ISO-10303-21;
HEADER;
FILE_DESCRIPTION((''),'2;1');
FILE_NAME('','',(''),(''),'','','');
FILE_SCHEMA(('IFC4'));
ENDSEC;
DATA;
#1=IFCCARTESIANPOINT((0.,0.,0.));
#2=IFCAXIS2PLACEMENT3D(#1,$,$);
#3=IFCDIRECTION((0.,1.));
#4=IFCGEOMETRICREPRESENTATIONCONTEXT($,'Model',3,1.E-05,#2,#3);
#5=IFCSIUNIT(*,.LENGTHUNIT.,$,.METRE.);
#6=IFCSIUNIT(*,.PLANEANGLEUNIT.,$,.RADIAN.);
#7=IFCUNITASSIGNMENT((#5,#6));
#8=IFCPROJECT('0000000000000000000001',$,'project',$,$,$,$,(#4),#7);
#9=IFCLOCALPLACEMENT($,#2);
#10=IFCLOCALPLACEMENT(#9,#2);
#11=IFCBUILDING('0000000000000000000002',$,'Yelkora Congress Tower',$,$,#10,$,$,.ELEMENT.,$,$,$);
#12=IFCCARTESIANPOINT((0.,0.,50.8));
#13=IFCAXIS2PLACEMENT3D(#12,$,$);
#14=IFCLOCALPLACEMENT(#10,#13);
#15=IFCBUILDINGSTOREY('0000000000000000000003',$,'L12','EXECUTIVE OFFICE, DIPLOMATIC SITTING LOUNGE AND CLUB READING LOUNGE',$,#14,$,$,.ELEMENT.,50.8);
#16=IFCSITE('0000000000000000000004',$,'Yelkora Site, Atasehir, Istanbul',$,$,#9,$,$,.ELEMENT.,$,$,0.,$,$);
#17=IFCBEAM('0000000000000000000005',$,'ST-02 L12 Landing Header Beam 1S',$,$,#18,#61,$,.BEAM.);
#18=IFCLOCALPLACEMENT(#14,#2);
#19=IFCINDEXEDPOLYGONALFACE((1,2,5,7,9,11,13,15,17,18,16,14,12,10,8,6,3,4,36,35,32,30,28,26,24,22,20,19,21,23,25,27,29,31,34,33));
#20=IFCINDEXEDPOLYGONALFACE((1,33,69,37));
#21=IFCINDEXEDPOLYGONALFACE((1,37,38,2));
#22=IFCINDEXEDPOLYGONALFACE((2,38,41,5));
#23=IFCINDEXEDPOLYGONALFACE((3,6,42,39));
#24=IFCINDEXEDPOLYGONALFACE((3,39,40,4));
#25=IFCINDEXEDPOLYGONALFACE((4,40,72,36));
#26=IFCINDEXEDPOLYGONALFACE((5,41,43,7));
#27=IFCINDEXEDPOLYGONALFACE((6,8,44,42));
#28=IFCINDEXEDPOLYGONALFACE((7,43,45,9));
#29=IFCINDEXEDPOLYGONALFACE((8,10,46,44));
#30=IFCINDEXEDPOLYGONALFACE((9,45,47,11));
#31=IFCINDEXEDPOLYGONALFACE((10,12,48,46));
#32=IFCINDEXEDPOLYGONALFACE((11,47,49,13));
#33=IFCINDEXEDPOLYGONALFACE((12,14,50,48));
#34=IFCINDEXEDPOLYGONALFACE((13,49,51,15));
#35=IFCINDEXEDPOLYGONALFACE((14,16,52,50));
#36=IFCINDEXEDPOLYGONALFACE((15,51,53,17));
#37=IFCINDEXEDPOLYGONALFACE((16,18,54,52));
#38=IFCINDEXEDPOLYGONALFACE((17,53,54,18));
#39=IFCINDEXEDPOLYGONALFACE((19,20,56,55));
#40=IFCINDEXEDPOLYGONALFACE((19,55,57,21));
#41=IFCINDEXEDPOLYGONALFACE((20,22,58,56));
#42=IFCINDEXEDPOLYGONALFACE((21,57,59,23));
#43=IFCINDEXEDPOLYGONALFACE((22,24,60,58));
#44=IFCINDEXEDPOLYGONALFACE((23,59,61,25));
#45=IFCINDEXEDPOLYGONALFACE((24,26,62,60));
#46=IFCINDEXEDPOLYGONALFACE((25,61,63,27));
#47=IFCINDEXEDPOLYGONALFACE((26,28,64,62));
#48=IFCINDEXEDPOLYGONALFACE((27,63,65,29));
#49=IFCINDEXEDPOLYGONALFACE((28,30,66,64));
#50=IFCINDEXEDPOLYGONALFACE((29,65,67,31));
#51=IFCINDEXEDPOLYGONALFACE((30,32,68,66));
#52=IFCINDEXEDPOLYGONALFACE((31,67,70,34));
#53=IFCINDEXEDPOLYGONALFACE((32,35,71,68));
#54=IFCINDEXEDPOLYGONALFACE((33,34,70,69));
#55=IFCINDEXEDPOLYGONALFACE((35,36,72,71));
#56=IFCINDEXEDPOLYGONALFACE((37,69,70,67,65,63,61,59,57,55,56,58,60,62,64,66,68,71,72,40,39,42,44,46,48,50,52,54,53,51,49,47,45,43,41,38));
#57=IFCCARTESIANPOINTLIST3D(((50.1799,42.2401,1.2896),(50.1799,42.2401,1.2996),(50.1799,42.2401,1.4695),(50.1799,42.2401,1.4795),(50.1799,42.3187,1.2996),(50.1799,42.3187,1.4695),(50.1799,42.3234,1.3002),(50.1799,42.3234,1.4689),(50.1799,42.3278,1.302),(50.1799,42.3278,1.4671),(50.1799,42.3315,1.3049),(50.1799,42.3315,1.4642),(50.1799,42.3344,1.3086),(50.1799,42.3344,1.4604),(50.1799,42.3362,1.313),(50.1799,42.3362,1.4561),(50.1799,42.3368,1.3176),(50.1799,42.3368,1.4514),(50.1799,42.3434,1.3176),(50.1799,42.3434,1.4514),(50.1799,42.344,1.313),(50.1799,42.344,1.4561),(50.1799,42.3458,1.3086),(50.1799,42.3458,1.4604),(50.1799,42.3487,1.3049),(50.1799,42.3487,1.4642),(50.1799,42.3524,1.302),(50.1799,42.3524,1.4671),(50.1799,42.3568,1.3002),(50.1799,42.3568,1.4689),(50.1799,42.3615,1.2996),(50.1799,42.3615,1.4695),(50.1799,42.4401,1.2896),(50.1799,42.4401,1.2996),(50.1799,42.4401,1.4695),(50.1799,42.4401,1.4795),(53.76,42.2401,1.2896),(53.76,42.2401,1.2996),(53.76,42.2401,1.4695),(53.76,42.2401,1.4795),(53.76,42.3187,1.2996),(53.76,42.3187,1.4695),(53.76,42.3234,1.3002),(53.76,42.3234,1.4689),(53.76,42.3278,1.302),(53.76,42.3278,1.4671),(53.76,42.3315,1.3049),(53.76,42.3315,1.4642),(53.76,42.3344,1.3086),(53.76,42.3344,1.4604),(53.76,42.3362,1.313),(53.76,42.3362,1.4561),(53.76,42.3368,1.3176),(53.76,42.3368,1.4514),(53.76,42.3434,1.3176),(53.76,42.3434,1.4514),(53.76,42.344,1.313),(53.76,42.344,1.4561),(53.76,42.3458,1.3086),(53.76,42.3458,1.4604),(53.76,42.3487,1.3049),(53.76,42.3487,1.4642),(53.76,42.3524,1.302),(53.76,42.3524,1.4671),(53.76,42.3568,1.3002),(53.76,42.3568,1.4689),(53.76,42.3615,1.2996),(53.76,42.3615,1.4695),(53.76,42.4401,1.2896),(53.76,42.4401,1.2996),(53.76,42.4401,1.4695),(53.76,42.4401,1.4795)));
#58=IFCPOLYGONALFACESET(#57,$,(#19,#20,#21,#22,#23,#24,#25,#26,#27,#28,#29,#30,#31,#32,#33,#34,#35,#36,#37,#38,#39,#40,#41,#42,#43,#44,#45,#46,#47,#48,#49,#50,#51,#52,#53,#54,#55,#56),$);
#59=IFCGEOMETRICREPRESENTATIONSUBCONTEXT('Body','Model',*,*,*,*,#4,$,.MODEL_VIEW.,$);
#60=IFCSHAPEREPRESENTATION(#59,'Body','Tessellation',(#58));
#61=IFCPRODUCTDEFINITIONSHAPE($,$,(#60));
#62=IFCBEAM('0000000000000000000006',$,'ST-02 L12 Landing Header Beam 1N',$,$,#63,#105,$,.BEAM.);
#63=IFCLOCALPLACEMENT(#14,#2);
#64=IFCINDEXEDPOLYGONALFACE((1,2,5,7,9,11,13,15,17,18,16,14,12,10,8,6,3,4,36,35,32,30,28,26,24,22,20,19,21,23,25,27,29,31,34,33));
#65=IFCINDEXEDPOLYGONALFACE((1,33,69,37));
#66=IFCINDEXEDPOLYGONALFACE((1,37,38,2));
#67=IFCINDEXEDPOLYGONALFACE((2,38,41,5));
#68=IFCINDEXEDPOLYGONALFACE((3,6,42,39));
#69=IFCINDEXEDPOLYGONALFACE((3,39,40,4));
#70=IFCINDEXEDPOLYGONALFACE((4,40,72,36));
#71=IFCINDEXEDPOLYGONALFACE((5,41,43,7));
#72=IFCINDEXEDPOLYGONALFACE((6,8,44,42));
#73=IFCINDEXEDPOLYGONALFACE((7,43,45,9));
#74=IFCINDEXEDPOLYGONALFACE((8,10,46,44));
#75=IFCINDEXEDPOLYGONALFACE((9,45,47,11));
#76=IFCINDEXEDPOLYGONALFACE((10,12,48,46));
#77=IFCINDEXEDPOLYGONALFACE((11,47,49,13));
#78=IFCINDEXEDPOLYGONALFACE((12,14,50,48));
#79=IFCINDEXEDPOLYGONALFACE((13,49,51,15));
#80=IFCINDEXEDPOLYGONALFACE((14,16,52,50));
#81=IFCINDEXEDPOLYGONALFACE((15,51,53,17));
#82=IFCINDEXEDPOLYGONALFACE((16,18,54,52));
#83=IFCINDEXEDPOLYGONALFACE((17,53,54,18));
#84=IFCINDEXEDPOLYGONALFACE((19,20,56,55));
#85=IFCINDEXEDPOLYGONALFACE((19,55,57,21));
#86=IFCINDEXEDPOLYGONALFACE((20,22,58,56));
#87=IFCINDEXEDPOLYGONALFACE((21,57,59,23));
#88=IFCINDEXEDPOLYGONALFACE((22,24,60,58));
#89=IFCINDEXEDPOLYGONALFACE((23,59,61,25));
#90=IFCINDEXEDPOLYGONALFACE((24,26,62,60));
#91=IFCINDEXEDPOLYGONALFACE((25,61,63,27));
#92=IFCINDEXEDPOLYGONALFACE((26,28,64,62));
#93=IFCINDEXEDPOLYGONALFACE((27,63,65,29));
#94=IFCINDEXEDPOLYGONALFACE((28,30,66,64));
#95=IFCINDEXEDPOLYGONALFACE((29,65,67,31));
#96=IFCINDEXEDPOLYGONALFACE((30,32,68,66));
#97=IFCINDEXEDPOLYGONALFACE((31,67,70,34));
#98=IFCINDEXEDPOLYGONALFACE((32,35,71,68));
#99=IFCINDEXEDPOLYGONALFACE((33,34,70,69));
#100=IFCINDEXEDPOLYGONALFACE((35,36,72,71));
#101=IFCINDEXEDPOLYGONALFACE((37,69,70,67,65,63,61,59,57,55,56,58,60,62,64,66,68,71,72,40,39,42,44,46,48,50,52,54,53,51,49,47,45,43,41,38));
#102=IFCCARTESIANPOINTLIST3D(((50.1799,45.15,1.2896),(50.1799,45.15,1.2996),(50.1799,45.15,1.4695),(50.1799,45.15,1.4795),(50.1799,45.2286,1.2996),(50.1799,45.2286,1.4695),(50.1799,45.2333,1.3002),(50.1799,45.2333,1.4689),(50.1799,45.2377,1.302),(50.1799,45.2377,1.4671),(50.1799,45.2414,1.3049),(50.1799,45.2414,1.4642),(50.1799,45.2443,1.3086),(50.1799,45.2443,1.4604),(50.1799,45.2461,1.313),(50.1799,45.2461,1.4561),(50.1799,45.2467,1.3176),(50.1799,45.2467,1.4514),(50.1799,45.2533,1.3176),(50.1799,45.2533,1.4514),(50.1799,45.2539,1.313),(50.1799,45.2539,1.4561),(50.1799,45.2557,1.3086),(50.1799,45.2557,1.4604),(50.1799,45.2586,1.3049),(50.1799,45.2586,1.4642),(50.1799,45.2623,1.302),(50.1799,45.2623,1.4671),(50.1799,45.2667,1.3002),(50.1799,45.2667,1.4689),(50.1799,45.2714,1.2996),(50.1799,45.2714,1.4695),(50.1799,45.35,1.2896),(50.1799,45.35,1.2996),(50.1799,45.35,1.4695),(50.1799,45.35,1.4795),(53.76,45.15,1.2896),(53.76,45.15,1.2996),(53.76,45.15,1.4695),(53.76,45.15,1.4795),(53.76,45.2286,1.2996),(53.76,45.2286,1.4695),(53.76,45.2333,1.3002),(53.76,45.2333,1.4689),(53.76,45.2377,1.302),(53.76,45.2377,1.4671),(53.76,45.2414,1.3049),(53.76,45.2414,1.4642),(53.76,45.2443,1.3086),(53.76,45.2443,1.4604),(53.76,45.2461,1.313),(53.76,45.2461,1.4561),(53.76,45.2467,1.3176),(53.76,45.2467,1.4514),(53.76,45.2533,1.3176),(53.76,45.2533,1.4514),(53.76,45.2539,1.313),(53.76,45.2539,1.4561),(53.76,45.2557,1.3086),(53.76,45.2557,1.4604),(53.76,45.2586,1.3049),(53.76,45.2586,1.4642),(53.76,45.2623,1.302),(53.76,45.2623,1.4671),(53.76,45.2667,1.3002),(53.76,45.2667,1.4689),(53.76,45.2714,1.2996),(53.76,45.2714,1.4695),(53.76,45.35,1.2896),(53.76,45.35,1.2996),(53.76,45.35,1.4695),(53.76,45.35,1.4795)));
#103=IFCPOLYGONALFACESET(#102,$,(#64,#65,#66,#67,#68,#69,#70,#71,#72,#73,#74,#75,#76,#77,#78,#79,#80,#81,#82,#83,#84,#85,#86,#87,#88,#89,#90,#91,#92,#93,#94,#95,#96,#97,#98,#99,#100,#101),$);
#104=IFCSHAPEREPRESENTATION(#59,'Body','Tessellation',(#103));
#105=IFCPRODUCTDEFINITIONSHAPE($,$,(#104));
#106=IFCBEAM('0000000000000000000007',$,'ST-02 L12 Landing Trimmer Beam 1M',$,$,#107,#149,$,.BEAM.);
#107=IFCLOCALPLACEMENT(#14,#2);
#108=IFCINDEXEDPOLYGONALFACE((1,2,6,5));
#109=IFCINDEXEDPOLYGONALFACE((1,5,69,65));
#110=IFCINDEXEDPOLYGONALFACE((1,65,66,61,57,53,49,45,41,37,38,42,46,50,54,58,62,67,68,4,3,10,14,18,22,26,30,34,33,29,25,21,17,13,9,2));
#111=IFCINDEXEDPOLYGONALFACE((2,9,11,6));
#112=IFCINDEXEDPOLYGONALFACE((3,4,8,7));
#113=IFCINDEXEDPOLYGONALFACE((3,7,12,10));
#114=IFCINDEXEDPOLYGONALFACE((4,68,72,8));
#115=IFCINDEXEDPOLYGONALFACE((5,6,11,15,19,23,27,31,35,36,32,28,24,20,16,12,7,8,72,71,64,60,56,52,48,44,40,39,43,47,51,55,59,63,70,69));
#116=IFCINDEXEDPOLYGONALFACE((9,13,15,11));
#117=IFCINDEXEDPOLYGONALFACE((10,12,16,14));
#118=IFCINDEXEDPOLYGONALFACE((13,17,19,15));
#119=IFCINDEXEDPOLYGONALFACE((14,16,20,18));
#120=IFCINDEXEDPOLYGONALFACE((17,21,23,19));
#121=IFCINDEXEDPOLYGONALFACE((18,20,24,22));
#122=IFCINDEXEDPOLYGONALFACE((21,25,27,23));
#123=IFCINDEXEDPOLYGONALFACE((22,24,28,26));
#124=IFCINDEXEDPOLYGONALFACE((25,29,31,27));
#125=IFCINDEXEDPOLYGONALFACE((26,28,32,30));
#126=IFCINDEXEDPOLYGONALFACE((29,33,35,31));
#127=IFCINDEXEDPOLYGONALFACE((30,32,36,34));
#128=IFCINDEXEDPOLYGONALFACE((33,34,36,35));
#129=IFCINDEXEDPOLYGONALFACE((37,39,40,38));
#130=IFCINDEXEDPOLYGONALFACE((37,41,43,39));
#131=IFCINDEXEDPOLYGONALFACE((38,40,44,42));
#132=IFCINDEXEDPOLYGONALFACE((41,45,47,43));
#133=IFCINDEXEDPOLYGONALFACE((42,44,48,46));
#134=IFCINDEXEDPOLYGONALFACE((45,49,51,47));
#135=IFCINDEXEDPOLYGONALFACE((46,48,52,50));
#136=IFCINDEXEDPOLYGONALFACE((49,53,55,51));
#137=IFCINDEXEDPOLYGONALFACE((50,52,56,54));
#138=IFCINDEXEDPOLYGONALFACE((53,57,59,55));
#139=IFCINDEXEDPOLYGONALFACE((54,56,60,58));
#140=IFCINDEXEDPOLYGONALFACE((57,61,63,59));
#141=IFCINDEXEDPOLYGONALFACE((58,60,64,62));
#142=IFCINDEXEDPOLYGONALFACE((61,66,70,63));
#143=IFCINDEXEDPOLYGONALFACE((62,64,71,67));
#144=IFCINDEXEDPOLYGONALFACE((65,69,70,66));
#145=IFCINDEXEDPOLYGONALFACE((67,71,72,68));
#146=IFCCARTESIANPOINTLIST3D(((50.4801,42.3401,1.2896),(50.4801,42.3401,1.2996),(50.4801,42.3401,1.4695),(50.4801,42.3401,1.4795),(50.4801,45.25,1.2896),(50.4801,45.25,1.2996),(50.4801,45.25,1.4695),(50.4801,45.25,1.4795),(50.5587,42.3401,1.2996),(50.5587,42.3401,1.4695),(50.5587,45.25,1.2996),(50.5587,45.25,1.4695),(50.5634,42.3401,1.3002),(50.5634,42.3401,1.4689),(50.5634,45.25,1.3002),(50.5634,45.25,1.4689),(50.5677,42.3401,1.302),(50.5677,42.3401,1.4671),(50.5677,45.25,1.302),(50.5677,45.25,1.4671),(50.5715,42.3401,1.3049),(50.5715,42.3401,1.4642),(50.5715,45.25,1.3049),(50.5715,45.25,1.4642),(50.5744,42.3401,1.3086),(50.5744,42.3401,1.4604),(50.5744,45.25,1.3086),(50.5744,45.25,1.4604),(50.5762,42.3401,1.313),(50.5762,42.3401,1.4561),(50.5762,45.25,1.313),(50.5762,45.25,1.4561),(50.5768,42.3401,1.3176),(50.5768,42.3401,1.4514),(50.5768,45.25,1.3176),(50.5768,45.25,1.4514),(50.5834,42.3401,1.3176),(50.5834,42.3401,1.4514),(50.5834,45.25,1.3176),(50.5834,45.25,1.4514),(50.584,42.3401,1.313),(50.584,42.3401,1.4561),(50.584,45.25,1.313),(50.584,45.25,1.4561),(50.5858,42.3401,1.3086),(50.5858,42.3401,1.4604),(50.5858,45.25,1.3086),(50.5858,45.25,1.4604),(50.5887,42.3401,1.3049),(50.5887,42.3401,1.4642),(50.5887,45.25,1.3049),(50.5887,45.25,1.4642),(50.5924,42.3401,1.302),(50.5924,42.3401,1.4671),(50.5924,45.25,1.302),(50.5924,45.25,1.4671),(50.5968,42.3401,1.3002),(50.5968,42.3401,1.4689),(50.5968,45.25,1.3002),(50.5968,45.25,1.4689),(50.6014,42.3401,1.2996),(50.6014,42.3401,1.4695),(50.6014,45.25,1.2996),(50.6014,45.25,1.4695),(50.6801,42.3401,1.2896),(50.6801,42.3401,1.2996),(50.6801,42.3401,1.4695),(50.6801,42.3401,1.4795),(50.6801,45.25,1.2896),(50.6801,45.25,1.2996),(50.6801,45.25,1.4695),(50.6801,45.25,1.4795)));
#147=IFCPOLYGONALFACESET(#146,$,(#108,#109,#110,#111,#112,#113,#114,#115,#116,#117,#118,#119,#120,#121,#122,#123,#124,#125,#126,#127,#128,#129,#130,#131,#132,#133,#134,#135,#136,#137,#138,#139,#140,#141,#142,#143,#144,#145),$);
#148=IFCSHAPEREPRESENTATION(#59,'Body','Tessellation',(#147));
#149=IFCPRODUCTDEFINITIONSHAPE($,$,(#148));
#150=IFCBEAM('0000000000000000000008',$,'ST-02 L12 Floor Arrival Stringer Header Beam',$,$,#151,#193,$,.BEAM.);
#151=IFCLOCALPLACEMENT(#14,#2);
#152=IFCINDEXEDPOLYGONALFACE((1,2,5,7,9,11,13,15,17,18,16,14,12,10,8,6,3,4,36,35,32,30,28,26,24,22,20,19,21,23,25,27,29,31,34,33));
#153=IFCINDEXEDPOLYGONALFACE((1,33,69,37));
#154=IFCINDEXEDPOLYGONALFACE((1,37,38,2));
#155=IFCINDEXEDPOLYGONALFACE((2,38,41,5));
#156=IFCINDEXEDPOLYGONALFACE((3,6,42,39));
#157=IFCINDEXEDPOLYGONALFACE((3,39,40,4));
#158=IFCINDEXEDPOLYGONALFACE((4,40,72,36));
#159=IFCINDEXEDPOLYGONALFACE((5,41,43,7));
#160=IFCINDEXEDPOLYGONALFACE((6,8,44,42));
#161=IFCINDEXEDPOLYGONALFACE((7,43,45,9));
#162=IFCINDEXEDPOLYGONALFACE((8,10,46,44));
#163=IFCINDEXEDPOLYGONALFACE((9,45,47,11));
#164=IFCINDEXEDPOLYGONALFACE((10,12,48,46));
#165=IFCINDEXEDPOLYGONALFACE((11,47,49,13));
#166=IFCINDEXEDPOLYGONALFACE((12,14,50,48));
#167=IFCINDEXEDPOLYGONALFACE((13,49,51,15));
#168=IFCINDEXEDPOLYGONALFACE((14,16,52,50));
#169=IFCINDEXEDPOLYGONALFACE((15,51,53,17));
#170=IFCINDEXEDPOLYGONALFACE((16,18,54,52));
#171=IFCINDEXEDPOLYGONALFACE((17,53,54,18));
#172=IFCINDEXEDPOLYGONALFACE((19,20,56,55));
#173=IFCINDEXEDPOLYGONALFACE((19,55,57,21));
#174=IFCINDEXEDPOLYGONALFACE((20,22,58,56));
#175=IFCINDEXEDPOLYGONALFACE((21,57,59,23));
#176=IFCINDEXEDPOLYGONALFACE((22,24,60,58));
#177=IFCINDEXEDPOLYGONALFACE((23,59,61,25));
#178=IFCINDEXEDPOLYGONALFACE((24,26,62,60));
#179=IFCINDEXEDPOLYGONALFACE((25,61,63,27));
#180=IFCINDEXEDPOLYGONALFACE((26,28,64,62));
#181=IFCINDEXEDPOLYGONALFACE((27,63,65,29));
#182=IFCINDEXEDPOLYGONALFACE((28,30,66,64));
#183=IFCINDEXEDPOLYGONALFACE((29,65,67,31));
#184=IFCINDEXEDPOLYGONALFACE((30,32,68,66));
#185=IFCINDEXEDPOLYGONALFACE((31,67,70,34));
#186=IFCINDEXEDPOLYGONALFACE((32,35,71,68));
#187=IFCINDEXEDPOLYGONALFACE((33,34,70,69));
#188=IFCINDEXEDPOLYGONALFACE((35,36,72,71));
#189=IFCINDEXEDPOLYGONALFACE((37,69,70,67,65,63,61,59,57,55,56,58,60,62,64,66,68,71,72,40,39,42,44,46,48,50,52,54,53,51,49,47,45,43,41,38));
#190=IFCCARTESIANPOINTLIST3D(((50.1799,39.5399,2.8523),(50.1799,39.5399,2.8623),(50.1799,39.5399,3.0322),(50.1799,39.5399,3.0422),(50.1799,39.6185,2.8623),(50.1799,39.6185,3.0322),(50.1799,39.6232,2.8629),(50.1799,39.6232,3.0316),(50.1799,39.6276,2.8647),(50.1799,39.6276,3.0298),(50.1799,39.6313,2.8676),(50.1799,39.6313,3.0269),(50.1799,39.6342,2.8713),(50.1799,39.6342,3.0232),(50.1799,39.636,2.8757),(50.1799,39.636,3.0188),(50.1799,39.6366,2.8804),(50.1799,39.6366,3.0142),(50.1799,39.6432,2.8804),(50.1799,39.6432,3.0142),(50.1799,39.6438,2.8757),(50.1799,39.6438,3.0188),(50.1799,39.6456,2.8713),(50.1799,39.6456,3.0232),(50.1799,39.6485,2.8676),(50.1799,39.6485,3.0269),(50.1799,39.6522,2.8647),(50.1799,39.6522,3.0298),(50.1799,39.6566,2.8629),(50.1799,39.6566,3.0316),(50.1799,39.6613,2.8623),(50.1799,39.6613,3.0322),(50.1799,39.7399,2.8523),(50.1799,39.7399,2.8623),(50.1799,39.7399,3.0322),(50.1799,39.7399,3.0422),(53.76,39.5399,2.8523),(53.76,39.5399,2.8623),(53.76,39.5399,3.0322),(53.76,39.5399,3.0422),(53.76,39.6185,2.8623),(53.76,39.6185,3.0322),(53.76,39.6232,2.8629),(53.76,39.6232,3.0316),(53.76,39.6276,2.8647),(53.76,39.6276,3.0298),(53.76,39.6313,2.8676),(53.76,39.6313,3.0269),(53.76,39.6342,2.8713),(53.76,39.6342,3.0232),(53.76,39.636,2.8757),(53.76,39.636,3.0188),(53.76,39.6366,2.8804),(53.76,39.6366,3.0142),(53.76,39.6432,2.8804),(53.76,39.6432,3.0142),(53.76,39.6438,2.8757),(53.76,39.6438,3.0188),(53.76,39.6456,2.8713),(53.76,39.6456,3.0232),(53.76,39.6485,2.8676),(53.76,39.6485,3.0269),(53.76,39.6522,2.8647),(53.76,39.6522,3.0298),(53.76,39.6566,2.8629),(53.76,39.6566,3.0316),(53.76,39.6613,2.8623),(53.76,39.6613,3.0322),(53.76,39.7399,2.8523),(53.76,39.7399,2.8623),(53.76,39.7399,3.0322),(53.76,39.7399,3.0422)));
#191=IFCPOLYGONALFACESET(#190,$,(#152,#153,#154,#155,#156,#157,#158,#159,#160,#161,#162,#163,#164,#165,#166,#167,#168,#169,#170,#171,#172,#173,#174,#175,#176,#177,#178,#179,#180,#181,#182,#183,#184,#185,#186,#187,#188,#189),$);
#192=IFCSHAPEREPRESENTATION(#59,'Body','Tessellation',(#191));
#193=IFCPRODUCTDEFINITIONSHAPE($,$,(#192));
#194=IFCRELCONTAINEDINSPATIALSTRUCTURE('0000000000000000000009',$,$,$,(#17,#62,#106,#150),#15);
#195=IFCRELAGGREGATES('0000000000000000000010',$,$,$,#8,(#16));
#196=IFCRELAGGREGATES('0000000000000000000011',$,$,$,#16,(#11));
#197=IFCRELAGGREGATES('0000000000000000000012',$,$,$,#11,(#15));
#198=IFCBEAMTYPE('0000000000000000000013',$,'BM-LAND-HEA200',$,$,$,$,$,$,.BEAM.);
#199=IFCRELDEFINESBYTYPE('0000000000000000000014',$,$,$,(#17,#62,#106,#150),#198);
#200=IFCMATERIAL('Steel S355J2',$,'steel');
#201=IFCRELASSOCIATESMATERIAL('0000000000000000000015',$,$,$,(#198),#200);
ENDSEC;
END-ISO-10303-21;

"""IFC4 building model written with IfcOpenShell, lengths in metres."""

from ifc_helpers import new_model, si_unit, direction, frame, origin, origin_2d, place, context, subcontext, project, spatial, i_section, extrude, material, material_profile, profile_set, type_object, element, save


model = new_model("IFC4")

# Units and contexts
model_context = context("Model", 3, precision=1e-05, world=origin(), true_north=direction((0.0, 1.0)))
body_context = subcontext(model_context, "Body", "Model", "MODEL_VIEW")
ifc_project = project(units=[si_unit("LENGTHUNIT", "METRE"), si_unit("PLANEANGLEUNIT", "RADIAN")], contexts=[model_context])

# Site, building, storey
site_placement = place(None, origin())
site = spatial("IfcSite", under=ifc_project, at=site_placement, Name="Yelkora Site, Atasehir, Istanbul", CompositionType="ELEMENT", RefElevation=0.0)
building_placement = place(site_placement, origin())
building = spatial("IfcBuilding", under=site, at=building_placement, Name="Yelkora Congress Tower", CompositionType="ELEMENT")
storey_placement = place(building_placement, frame((0.0, 0.0, 50.8)))
storey = spatial("IfcBuildingStorey", under=building, at=storey_placement, Name="L12", Description="EXECUTIVE OFFICE, DIPLOMATIC SITTING LOUNGE AND CLUB READING LOUNGE", CompositionType="ELEMENT", Elevation=50.8)

# Beams
ifc_material_1 = material(Name="Steel S355J2", Category="steel")
ifc_material_profile = material_profile(ifc_material_1, i_section(OverallWidth=0.2, OverallDepth=0.1899, WebThickness=0.0066, FlangeThickness=0.01, FilletRadius=0.0181, at=origin_2d()), Name="HEA 200")
ifc_profile_set = profile_set([ifc_material_profile], Name="Steel S355J2")
beam_type = type_object("IfcBeamType", Name="BM-LAND-HEA200", PredefinedType="BEAM", material=ifc_profile_set)
for number, where, z_axis, x_axis, name in (
    (1, (50.1799, 42.3401, 1.3845), (1.0, 0.0, 0.0), (0.0, 1.0, 0.0), "ST-02 L12 Landing Header Beam 1S"),
    (2, (50.1799, 45.25, 1.3845), (1.0, 0.0, 0.0), (0.0, 1.0, 0.0), "ST-02 L12 Landing Header Beam 1N"),
):
    element("IfcBeam", number, at=place(storey_placement, frame(where, z_axis=z_axis, x_axis=x_axis)), inside=storey, type_object=beam_type, Name=name, PredefinedType="BEAM", context=body_context, shape_type="SweptSolid", body=[
        extrude(i_section(OverallWidth=0.2, OverallDepth=0.1899, WebThickness=0.0066, FlangeThickness=0.01, FilletRadius=0.0181, at=origin_2d()), origin(), (0.0, 0.0, 1.0), 3.5801),
    ])
beam_1_placement = place(storey_placement, frame((50.5801, 42.3401, 1.3845), z_axis=(0.0, 1.0, 0.0), x_axis=(-1.0, 0.0, 0.0)))
element("IfcBeam", 3, at=beam_1_placement, inside=storey, type_object=beam_type, Name="ST-02 L12 Landing Trimmer Beam 1M", PredefinedType="BEAM", context=body_context, shape_type="SweptSolid", body=[
    extrude(i_section(OverallWidth=0.2, OverallDepth=0.1899, WebThickness=0.0066, FlangeThickness=0.01, FilletRadius=0.0181, at=origin_2d()), origin(), (0.0, 0.0, 1.0), 2.9099),
])
beam_2_placement = place(storey_placement, frame((50.1799, 39.6399, 2.9473), z_axis=(1.0, 0.0, 0.0), x_axis=(0.0, 1.0, 0.0)))
element("IfcBeam", 4, at=beam_2_placement, inside=storey, type_object=beam_type, Name="ST-02 L12 Floor Arrival Stringer Header Beam", PredefinedType="BEAM", context=body_context, shape_type="SweptSolid", body=[
    extrude(i_section(OverallWidth=0.2, OverallDepth=0.1899, WebThickness=0.0066, FlangeThickness=0.01, FilletRadius=0.0181, at=origin_2d()), origin(), (0.0, 0.0, 1.0), 3.5801),
])

save(model, "model.ifc")
